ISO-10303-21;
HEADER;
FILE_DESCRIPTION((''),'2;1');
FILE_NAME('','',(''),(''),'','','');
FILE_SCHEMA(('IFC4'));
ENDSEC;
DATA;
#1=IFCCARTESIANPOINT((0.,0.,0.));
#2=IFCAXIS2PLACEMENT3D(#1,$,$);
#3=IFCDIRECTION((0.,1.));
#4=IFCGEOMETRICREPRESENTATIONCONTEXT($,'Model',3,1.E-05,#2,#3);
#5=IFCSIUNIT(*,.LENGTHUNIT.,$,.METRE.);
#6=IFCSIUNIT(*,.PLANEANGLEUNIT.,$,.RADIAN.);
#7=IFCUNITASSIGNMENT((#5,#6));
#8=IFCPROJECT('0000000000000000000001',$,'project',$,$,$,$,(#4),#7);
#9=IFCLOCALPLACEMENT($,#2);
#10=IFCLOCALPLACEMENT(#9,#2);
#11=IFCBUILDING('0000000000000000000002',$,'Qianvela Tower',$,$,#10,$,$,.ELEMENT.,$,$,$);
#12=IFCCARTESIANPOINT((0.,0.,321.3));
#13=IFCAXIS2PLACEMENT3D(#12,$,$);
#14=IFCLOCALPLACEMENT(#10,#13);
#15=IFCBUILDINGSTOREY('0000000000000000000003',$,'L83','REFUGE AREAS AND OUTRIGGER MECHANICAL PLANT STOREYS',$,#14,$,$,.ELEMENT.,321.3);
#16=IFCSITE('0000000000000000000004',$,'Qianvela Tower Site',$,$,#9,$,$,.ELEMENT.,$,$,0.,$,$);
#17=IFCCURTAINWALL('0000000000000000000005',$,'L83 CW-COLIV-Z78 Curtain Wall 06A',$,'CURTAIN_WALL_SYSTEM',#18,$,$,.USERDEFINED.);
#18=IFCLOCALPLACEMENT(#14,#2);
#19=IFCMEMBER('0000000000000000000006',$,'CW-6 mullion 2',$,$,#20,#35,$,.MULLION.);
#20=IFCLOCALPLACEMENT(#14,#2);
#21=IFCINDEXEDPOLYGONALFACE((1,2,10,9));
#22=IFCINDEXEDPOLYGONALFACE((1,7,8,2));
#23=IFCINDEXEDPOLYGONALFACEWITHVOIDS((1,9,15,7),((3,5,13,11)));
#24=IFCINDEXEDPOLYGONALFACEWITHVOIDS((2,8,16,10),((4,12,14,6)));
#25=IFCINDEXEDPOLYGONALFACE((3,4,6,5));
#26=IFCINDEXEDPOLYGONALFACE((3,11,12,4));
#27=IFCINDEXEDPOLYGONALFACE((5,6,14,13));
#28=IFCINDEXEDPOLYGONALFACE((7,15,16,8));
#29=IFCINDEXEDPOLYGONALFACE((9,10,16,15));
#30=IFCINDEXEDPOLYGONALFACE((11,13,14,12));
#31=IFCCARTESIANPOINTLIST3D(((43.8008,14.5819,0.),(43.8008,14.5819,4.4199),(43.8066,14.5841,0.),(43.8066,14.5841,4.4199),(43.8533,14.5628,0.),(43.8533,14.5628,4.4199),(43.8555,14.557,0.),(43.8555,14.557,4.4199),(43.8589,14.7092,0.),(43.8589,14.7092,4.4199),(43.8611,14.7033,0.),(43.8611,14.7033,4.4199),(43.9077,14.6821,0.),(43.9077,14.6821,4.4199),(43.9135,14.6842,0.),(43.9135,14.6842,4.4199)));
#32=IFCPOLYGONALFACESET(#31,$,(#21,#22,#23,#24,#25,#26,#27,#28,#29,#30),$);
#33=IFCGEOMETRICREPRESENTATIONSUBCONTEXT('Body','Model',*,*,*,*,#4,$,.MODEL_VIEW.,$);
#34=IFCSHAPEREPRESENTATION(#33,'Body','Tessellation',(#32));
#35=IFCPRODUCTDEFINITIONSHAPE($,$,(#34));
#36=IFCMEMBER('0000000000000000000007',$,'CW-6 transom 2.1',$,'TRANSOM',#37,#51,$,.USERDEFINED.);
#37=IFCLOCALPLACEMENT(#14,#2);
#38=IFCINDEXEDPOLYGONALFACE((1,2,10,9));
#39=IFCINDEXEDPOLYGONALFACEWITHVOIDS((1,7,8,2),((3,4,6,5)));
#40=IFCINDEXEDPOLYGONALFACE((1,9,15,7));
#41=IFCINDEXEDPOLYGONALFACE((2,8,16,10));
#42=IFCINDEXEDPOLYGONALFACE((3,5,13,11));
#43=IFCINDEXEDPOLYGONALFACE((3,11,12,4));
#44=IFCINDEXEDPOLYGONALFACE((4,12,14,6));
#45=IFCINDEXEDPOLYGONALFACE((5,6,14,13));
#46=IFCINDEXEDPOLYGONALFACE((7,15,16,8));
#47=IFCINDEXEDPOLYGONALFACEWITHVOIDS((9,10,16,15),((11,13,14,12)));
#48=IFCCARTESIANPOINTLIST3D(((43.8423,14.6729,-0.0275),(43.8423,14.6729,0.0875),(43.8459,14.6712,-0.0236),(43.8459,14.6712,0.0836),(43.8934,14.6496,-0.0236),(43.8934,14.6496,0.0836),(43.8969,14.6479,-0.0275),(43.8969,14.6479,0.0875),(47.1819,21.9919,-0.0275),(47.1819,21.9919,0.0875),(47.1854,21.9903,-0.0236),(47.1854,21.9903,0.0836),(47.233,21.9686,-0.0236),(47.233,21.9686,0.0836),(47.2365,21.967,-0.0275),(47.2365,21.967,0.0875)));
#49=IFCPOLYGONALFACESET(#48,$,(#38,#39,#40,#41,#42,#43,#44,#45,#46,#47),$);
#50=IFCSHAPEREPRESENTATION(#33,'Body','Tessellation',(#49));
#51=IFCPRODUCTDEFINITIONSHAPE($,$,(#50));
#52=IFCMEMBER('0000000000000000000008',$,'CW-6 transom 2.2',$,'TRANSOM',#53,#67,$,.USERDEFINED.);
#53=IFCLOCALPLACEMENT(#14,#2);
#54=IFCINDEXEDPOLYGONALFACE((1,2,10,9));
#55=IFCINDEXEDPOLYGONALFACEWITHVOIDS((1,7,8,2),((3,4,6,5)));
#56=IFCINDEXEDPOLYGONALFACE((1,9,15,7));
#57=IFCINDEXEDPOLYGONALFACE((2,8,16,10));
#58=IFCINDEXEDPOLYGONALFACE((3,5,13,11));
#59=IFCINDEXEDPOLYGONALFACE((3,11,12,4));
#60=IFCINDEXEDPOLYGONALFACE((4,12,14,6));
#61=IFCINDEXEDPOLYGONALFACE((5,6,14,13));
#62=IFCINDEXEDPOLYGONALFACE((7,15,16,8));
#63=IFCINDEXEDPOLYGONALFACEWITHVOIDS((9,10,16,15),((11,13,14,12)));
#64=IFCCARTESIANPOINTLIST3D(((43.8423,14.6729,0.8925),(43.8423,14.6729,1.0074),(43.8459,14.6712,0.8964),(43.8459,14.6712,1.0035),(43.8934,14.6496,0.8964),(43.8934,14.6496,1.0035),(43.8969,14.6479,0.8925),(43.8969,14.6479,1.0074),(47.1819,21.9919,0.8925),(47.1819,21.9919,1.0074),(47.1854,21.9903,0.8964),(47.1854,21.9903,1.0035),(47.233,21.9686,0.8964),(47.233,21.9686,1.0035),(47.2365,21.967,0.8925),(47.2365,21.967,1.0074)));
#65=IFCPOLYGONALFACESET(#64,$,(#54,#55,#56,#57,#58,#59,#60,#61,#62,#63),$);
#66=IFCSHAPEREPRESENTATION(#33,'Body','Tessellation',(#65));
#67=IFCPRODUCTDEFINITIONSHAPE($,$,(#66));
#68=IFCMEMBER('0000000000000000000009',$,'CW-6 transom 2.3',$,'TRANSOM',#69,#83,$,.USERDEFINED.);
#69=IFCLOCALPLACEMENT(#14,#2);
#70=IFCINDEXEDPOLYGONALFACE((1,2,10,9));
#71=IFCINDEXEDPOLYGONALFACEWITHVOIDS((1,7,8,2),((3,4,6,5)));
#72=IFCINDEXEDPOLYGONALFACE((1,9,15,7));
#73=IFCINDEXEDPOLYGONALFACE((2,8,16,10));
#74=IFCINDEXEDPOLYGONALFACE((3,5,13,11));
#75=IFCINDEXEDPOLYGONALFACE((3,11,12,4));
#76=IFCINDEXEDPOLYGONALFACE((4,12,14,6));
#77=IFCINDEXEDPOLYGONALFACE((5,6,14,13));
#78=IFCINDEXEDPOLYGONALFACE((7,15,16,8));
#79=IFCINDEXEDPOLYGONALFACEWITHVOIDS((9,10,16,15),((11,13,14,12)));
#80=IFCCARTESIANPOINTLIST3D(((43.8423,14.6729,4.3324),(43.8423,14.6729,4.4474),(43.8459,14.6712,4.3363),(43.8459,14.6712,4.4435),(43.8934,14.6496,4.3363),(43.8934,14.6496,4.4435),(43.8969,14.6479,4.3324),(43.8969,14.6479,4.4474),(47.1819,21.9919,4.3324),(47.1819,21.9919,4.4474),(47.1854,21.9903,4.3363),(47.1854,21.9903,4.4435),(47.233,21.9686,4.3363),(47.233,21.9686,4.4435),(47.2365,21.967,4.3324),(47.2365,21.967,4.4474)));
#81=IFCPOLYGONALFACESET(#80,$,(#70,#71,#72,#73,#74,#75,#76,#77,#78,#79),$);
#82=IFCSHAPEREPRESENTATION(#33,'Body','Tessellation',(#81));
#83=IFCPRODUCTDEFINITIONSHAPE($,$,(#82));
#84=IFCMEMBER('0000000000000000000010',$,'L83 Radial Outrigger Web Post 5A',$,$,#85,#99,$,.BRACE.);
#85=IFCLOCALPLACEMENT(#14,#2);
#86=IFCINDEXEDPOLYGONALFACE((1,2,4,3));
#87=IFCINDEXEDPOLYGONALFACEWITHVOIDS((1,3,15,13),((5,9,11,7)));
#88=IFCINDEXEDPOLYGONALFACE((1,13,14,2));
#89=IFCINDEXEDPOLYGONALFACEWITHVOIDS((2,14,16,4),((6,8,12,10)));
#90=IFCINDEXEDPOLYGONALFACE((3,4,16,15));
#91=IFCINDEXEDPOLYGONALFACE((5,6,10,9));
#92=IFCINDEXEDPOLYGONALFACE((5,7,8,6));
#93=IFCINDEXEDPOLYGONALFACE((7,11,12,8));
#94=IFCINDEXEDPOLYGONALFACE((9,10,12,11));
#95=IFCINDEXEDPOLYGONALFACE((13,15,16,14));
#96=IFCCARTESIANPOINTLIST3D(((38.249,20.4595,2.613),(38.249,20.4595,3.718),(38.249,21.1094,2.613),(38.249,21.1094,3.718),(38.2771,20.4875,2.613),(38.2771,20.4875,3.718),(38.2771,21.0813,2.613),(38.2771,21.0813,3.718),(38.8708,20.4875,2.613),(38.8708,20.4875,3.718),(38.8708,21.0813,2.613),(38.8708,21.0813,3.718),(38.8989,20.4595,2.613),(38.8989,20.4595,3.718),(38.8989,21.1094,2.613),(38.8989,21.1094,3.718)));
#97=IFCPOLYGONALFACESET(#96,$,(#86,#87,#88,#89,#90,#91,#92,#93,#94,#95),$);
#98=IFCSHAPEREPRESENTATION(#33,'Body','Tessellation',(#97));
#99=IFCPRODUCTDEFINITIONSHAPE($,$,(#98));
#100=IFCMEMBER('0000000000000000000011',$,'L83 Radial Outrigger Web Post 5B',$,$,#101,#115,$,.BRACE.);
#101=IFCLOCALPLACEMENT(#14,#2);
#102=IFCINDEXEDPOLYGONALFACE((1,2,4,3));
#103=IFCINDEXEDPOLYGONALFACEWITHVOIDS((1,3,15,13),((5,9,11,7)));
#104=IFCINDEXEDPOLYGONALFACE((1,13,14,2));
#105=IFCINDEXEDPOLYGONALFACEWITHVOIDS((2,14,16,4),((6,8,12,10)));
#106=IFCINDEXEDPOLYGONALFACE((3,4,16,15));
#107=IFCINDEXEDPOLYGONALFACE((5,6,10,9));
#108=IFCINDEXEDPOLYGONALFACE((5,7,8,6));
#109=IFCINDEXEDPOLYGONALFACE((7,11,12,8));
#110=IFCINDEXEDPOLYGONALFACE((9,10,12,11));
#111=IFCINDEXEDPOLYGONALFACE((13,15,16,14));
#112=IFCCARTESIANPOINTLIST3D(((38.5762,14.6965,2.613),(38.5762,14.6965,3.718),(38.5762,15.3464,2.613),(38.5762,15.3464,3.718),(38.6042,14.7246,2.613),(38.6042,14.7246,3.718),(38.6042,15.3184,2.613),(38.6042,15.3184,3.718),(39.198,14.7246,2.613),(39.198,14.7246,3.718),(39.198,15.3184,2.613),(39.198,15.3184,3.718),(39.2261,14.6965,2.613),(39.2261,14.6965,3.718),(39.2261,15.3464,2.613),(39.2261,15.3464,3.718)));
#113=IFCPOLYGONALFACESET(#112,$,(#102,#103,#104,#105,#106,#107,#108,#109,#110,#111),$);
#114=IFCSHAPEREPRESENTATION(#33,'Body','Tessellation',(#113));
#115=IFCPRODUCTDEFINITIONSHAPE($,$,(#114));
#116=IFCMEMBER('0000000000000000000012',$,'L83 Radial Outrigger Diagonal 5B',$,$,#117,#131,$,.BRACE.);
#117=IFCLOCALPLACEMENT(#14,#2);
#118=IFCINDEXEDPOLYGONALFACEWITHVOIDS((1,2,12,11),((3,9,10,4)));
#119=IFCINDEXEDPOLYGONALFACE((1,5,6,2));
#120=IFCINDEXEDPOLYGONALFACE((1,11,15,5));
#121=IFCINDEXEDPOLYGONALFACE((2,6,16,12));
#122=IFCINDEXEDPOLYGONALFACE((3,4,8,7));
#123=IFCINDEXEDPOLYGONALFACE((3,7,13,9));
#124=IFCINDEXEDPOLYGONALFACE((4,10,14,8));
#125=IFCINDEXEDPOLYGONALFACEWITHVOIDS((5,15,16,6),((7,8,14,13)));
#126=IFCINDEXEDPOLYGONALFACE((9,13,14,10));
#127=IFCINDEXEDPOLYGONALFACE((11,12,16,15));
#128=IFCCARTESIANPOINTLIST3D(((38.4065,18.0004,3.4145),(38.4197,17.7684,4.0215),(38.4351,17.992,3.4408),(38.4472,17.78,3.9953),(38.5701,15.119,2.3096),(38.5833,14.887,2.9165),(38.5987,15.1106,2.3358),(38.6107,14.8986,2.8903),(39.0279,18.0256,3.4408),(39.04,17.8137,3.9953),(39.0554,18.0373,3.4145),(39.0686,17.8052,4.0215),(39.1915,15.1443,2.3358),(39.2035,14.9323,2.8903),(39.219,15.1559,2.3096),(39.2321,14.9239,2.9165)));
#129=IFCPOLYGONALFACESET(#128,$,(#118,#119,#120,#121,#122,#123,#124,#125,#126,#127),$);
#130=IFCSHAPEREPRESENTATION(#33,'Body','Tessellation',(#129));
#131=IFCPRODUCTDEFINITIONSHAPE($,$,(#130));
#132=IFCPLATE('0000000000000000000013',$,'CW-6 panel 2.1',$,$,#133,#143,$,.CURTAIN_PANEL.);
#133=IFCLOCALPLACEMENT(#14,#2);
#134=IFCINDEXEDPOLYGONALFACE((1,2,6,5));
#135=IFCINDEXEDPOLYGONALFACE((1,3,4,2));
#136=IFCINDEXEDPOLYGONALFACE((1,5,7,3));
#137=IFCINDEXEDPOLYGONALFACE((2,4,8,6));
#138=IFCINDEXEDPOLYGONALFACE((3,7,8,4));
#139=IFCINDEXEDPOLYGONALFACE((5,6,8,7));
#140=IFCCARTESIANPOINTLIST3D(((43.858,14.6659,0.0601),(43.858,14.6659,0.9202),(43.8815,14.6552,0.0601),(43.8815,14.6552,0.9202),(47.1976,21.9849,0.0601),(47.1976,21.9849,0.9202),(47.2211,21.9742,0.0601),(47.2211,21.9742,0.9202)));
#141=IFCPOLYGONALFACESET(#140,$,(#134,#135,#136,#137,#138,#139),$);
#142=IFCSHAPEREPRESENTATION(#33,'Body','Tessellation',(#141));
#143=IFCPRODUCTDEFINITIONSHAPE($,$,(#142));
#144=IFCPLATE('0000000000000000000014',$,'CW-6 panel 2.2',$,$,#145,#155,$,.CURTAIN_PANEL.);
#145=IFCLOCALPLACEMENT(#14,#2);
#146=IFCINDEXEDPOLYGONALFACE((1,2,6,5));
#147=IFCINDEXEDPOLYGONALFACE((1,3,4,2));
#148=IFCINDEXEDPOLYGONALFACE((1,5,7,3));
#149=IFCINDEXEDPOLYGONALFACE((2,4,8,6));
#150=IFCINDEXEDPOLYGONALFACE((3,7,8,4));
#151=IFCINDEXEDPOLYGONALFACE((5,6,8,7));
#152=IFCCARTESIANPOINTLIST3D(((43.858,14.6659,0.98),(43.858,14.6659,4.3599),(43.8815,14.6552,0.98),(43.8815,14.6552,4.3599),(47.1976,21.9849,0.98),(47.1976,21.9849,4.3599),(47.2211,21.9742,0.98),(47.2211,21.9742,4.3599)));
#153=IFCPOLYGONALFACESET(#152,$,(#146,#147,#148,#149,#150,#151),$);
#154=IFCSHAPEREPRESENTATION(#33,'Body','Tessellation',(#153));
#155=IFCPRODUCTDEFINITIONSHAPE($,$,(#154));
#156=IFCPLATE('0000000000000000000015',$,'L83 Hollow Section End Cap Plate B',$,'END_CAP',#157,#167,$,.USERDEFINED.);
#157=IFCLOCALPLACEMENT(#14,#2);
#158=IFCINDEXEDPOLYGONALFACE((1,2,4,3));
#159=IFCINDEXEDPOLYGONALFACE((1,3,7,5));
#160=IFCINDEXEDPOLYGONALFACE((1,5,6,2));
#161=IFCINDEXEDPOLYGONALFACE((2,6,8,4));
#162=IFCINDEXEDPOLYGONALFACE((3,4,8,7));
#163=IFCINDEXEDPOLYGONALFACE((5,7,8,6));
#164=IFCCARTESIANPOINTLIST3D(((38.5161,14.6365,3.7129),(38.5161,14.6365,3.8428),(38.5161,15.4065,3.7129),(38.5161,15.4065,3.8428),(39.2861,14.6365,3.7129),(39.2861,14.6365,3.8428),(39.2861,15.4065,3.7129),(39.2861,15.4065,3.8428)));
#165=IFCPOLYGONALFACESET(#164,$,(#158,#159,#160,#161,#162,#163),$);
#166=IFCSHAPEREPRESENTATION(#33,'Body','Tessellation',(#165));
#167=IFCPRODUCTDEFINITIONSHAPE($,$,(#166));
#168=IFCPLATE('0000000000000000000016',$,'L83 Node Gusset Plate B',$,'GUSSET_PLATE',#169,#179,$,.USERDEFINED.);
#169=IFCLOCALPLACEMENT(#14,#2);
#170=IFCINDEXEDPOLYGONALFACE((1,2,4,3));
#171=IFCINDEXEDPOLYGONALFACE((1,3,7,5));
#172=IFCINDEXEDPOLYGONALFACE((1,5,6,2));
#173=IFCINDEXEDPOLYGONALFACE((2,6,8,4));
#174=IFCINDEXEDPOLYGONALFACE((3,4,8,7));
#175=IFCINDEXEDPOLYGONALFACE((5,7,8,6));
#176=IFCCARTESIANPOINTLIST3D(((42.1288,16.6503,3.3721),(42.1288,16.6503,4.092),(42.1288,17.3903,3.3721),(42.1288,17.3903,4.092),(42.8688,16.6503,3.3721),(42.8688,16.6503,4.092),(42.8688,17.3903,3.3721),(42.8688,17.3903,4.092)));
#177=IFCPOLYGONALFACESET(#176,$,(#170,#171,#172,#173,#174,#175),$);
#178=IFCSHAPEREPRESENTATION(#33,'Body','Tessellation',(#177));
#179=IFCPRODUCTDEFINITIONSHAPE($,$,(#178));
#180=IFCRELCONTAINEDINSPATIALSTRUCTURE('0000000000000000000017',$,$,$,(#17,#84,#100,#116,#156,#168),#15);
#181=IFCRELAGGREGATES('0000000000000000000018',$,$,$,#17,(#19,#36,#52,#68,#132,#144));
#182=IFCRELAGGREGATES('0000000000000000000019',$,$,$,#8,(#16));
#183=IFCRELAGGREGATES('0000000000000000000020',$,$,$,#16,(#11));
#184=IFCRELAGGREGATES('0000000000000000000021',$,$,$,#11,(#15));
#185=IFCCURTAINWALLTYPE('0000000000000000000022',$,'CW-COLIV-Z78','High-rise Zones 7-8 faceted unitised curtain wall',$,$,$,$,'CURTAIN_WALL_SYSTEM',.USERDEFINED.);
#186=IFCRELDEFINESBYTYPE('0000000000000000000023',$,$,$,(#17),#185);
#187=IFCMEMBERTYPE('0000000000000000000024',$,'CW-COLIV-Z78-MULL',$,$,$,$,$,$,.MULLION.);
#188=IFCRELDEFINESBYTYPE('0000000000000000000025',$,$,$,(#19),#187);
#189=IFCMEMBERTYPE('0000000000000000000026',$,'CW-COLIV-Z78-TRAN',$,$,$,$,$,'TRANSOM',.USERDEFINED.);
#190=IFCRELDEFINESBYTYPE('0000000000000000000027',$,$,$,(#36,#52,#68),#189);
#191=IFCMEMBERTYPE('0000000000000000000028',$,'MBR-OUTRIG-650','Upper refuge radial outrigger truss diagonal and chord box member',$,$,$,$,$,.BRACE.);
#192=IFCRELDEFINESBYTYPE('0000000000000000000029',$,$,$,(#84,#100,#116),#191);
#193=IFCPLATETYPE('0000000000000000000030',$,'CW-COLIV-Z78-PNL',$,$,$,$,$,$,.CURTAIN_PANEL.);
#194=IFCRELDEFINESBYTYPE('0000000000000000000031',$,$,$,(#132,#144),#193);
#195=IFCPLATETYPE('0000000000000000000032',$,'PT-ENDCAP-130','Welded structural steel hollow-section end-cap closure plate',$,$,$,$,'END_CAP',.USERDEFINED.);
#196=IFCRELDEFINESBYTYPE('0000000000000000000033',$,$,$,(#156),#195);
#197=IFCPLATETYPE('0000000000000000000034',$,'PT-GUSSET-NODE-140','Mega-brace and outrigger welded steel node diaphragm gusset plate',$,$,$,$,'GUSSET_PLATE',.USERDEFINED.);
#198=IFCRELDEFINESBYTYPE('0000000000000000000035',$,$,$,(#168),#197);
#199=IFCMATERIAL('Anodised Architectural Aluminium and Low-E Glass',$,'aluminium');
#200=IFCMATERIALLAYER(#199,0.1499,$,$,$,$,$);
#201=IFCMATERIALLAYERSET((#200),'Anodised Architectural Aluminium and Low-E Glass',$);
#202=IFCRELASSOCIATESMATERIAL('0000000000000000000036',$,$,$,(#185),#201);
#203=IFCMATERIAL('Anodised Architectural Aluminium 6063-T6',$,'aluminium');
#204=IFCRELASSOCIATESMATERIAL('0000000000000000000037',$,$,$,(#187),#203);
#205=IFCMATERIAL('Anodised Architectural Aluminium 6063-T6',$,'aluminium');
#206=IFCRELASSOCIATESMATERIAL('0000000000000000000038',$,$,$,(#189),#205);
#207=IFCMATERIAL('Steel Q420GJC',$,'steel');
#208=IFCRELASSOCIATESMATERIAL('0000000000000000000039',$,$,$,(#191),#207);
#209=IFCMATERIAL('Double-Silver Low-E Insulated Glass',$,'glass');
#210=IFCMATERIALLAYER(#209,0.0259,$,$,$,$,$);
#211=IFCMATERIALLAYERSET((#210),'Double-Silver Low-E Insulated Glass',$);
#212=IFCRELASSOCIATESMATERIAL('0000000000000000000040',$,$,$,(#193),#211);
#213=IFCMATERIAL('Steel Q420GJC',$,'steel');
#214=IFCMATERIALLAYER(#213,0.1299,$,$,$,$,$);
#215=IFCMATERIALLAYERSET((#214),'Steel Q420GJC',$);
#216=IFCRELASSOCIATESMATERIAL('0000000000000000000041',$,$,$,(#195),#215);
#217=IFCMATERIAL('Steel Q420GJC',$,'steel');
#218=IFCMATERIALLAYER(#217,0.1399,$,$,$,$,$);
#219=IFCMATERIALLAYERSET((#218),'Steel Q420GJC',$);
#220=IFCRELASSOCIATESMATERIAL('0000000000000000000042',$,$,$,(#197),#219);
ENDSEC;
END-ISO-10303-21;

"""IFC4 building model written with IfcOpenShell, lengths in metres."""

from ifc_helpers import new_model, si_unit, direction, frame, origin, origin_2d, place, context, subcontext, project, spatial, rectangle, hollow_rectangle, extrude, material, layer, layer_set, material_profile, profile_set, type_object, element, aggregate, save


model = new_model("IFC4")

# Units and contexts
model_context = context("Model", 3, precision=1e-05, world=origin(), true_north=direction((0.0, 1.0)))
body_context = subcontext(model_context, "Body", "Model", "MODEL_VIEW")
ifc_project = project(units=[si_unit("LENGTHUNIT", "METRE"), si_unit("PLANEANGLEUNIT", "RADIAN")], contexts=[model_context])

# Site, building, storey
site_placement = place(None, origin())
site = spatial("IfcSite", under=ifc_project, at=site_placement, Name="Qianvela Tower Site", CompositionType="ELEMENT", RefElevation=0.0)
building_placement = place(site_placement, origin())
building = spatial("IfcBuilding", under=site, at=building_placement, Name="Qianvela Tower", CompositionType="ELEMENT")
storey_placement = place(building_placement, frame((0.0, 0.0, 321.3)))
storey = spatial("IfcBuildingStorey", under=building, at=storey_placement, Name="L83", Description="REFUGE AREAS AND OUTRIGGER MECHANICAL PLANT STOREYS", CompositionType="ELEMENT", Elevation=321.3)

# Curtain wall, members
ifc_material_1 = material(Name="Anodised Architectural Aluminium and Low-E Glass", Category="aluminium")
ifc_layer_1 = layer(ifc_material_1, 0.1499)
ifc_layer_set_1 = layer_set([ifc_layer_1], Name="Anodised Architectural Aluminium and Low-E Glass")
curtain_wall_type = type_object("IfcCurtainWallType", Name="CW-COLIV-Z78", Description="High-rise Zones 7-8 faceted unitised curtain wall", ElementType="CURTAIN_WALL_SYSTEM", PredefinedType="USERDEFINED", material=ifc_layer_set_1)
curtain_wall_placement = place(storey_placement, origin())
curtain_wall = element("IfcCurtainWall", 1, at=curtain_wall_placement, inside=storey, type_object=curtain_wall_type, Name="L83 CW-COLIV-Z78 Curtain Wall 06A", ObjectType="CURTAIN_WALL_SYSTEM", PredefinedType="USERDEFINED")
ifc_material_2 = material(Name="Anodised Architectural Aluminium 6063-T6", Category="aluminium")
ifc_material_profile_1 = material_profile(ifc_material_2, hollow_rectangle(XDim=0.0601, YDim=0.1399, WallThickness=0.0044, at=origin_2d()), Name="ALU-MULL-60x140")
ifc_profile_set_1 = profile_set([ifc_material_profile_1], Name="Anodised Architectural Aluminium 6063-T6")
member_type_1 = type_object("IfcMemberType", Name="CW-COLIV-Z78-MULL", PredefinedType="MULLION", material=ifc_profile_set_1)
member_1_placement = place(storey_placement, frame((43.8572, 14.6331, 0.0), z_axis=(0.0, 0.0, 1.0), x_axis=(-0.909767, 0.41512, 0.0)))
member_1 = element("IfcMember", 2, at=member_1_placement, type_object=member_type_1, Name="CW-6 mullion 2", PredefinedType="MULLION", context=body_context, shape_type="SweptSolid", body=[
    extrude(hollow_rectangle(XDim=0.0601, YDim=0.1399, WallThickness=0.0044, at=origin_2d()), origin(), (0.0, 0.0, 1.0), 4.4199),
])
ifc_material_3 = material(Name="Anodised Architectural Aluminium 6063-T6", Category="aluminium")
ifc_material_profile_2 = material_profile(ifc_material_3, hollow_rectangle(XDim=0.0601, YDim=0.115, WallThickness=0.0039, at=origin_2d()), Name="ALU-TRAN-60x115")
ifc_profile_set_2 = profile_set([ifc_material_profile_2], Name="Anodised Architectural Aluminium 6063-T6")
member_type_2 = type_object("IfcMemberType", Name="CW-COLIV-Z78-TRAN", ElementType="TRANSOM", PredefinedType="USERDEFINED", material=ifc_profile_set_2)
member_2_placement = place(storey_placement, frame((43.8696, 14.6604, 0.03), z_axis=(0.415115, 0.909769, 0.0), x_axis=(-0.909769, 0.415115, 0.0)))
member_2 = element("IfcMember", 3, at=member_2_placement, type_object=member_type_2, Name="CW-6 transom 2.1", ObjectType="TRANSOM", PredefinedType="USERDEFINED", context=body_context, shape_type="SweptSolid", body=[
    extrude(hollow_rectangle(XDim=0.0601, YDim=0.115, WallThickness=0.0039, at=origin_2d()), origin(), (0.0, 0.0, 1.0), 8.0449),
])
member_3_placement = place(storey_placement, frame((43.8696, 14.6604, 0.95), z_axis=(0.415115, 0.909769, 0.0), x_axis=(-0.909769, 0.415115, 0.0)))
member_3 = element("IfcMember", 4, at=member_3_placement, type_object=member_type_2, Name="CW-6 transom 2.2", ObjectType="TRANSOM", PredefinedType="USERDEFINED", context=body_context, shape_type="SweptSolid", body=[
    extrude(hollow_rectangle(XDim=0.0601, YDim=0.115, WallThickness=0.0039, at=origin_2d()), origin(), (0.0, 0.0, 1.0), 8.0449),
])
member_4_placement = place(storey_placement, frame((43.8696, 14.6604, 4.3899), z_axis=(0.415115, 0.909769, 0.0), x_axis=(-0.909769, 0.415115, 0.0)))
member_4 = element("IfcMember", 5, at=member_4_placement, type_object=member_type_2, Name="CW-6 transom 2.3", ObjectType="TRANSOM", PredefinedType="USERDEFINED", context=body_context, shape_type="SweptSolid", body=[
    extrude(hollow_rectangle(XDim=0.0601, YDim=0.115, WallThickness=0.0039, at=origin_2d()), origin(), (0.0, 0.0, 1.0), 8.0449),
])

# Members
ifc_material_4 = material(Name="Steel Q420GJC", Category="steel")
ifc_material_profile_3 = material_profile(ifc_material_4, hollow_rectangle(XDim=0.6499, YDim=0.6499, WallThickness=0.0281, at=origin_2d()), Name="OBOX-650x650x28")
ifc_profile_set_3 = profile_set([ifc_material_profile_3], Name="Steel Q420GJC")
member_type_3 = type_object("IfcMemberType", Name="MBR-OUTRIG-650", Description="Upper refuge radial outrigger truss diagonal and chord box member", PredefinedType="BRACE", material=ifc_profile_set_3)
for number, where, z_axis, x_axis, name in (
    (6, (38.574, 20.7844, 2.613), (0.0, 0.0, 1.0), (1.0, 0.0, 0.0), "L83 Radial Outrigger Web Post 5A"),
    (7, (38.9011, 15.0215, 2.613), (0.0, 0.0, 1.0), (1.0, 0.0, 0.0), "L83 Radial Outrigger Web Post 5B"),
):
    element("IfcMember", number, at=place(storey_placement, frame(where, z_axis=z_axis, x_axis=x_axis)), inside=storey, type_object=member_type_3, Name=name, PredefinedType="BRACE", context=body_context, shape_type="SweptSolid", body=[
        extrude(hollow_rectangle(XDim=0.6499, YDim=0.6499, WallThickness=0.0281, at=origin_2d()), origin(), (0.0, 0.0, 1.0), 1.105),
    ])
member_5_placement = place(storey_placement, frame((38.7375, 17.9028, 3.718), z_axis=(0.052932, -0.932387, -0.357565), x_axis=(0.998392, 0.056679, 0.0)))
element("IfcMember", 8, at=member_5_placement, inside=storey, type_object=member_type_3, Name="L83 Radial Outrigger Diagonal 5B", PredefinedType="BRACE", context=body_context, shape_type="SweptSolid", body=[
    extrude(hollow_rectangle(XDim=0.6499, YDim=0.6499, WallThickness=0.0281, at=origin_2d()), origin(), (0.0, 0.0, 1.0), 3.0903),
])

# Plates
ifc_material_5 = material(Name="Double-Silver Low-E Insulated Glass", Category="glass")
ifc_layer_2 = layer(ifc_material_5, 0.0259)
ifc_layer_set_2 = layer_set([ifc_layer_2], Name="Double-Silver Low-E Insulated Glass")
plate_type_1 = type_object("IfcPlateType", Name="CW-COLIV-Z78-PNL", PredefinedType="CURTAIN_PANEL", material=ifc_layer_set_2)
plate_1_placement = place(storey_placement, frame((45.5396, 18.3201, 0.0601), z_axis=(0.0, 0.0, 1.0), x_axis=(0.41512, 0.909767, 0.0)))
plate_1 = element("IfcPlate", 9, at=plate_1_placement, type_object=plate_type_1, Name="CW-6 panel 2.1", PredefinedType="CURTAIN_PANEL", context=body_context, shape_type="SweptSolid", body=[
    extrude(rectangle(XDim=8.0449, YDim=0.0259, at=origin_2d()), origin(), (0.0, 0.0, 1.0), 0.8601),
])
plate_2_placement = place(storey_placement, frame((45.5396, 18.3201, 0.98), z_axis=(0.0, 0.0, 1.0), x_axis=(0.41512, 0.909767, 0.0)))
plate_2 = element("IfcPlate", 10, at=plate_2_placement, type_object=plate_type_1, Name="CW-6 panel 2.2", PredefinedType="CURTAIN_PANEL", context=body_context, shape_type="SweptSolid", body=[
    extrude(rectangle(XDim=8.0449, YDim=0.0259, at=origin_2d()), origin(), (0.0, 0.0, 1.0), 3.3799),
])
aggregate(curtain_wall, [member_1, member_2, member_3, member_4, plate_1, plate_2])

# Plates
ifc_material_6 = material(Name="Steel Q420GJC", Category="steel")
ifc_layer_3 = layer(ifc_material_6, 0.1299)
ifc_layer_set_3 = layer_set([ifc_layer_3], Name="Steel Q420GJC")
plate_type_2 = type_object("IfcPlateType", Name="PT-ENDCAP-130", Description="Welded structural steel hollow-section end-cap closure plate", ElementType="END_CAP", PredefinedType="USERDEFINED", material=ifc_layer_set_3)
plate_3_placement = place(storey_placement, frame((38.9011, 15.0215, 3.7129), z_axis=(0.0, 0.0, 1.0), x_axis=(1.0, 0.0, 0.0)))
element("IfcPlate", 11, at=plate_3_placement, inside=storey, type_object=plate_type_2, Name="L83 Hollow Section End Cap Plate B", ObjectType="END_CAP", PredefinedType="USERDEFINED", context=body_context, shape_type="SweptSolid", body=[
    extrude(rectangle(XDim=0.77, YDim=0.77, at=origin_2d()), origin(), (0.0, 0.0, 1.0), 0.1299),
])
ifc_material_7 = material(Name="Steel Q420GJC", Category="steel")
ifc_layer_4 = layer(ifc_material_7, 0.1399)
ifc_layer_set_4 = layer_set([ifc_layer_4], Name="Steel Q420GJC")
plate_type_3 = type_object("IfcPlateType", Name="PT-GUSSET-NODE-140", Description="Mega-brace and outrigger welded steel node diaphragm gusset plate", ElementType="GUSSET_PLATE", PredefinedType="USERDEFINED", material=ifc_layer_set_4)
plate_4_placement = place(storey_placement, frame((42.4988, 17.0203, 3.3721), z_axis=(0.0, 0.0, 1.0), x_axis=(1.0, 0.0, 0.0)))
element("IfcPlate", 12, at=plate_4_placement, inside=storey, type_object=plate_type_3, Name="L83 Node Gusset Plate B", ObjectType="GUSSET_PLATE", PredefinedType="USERDEFINED", context=body_context, shape_type="SweptSolid", body=[
    extrude(rectangle(XDim=0.74, YDim=0.74, at=origin_2d()), origin(), (0.0, 0.0, 1.0), 0.72),
])

save(model, "model.ifc")
